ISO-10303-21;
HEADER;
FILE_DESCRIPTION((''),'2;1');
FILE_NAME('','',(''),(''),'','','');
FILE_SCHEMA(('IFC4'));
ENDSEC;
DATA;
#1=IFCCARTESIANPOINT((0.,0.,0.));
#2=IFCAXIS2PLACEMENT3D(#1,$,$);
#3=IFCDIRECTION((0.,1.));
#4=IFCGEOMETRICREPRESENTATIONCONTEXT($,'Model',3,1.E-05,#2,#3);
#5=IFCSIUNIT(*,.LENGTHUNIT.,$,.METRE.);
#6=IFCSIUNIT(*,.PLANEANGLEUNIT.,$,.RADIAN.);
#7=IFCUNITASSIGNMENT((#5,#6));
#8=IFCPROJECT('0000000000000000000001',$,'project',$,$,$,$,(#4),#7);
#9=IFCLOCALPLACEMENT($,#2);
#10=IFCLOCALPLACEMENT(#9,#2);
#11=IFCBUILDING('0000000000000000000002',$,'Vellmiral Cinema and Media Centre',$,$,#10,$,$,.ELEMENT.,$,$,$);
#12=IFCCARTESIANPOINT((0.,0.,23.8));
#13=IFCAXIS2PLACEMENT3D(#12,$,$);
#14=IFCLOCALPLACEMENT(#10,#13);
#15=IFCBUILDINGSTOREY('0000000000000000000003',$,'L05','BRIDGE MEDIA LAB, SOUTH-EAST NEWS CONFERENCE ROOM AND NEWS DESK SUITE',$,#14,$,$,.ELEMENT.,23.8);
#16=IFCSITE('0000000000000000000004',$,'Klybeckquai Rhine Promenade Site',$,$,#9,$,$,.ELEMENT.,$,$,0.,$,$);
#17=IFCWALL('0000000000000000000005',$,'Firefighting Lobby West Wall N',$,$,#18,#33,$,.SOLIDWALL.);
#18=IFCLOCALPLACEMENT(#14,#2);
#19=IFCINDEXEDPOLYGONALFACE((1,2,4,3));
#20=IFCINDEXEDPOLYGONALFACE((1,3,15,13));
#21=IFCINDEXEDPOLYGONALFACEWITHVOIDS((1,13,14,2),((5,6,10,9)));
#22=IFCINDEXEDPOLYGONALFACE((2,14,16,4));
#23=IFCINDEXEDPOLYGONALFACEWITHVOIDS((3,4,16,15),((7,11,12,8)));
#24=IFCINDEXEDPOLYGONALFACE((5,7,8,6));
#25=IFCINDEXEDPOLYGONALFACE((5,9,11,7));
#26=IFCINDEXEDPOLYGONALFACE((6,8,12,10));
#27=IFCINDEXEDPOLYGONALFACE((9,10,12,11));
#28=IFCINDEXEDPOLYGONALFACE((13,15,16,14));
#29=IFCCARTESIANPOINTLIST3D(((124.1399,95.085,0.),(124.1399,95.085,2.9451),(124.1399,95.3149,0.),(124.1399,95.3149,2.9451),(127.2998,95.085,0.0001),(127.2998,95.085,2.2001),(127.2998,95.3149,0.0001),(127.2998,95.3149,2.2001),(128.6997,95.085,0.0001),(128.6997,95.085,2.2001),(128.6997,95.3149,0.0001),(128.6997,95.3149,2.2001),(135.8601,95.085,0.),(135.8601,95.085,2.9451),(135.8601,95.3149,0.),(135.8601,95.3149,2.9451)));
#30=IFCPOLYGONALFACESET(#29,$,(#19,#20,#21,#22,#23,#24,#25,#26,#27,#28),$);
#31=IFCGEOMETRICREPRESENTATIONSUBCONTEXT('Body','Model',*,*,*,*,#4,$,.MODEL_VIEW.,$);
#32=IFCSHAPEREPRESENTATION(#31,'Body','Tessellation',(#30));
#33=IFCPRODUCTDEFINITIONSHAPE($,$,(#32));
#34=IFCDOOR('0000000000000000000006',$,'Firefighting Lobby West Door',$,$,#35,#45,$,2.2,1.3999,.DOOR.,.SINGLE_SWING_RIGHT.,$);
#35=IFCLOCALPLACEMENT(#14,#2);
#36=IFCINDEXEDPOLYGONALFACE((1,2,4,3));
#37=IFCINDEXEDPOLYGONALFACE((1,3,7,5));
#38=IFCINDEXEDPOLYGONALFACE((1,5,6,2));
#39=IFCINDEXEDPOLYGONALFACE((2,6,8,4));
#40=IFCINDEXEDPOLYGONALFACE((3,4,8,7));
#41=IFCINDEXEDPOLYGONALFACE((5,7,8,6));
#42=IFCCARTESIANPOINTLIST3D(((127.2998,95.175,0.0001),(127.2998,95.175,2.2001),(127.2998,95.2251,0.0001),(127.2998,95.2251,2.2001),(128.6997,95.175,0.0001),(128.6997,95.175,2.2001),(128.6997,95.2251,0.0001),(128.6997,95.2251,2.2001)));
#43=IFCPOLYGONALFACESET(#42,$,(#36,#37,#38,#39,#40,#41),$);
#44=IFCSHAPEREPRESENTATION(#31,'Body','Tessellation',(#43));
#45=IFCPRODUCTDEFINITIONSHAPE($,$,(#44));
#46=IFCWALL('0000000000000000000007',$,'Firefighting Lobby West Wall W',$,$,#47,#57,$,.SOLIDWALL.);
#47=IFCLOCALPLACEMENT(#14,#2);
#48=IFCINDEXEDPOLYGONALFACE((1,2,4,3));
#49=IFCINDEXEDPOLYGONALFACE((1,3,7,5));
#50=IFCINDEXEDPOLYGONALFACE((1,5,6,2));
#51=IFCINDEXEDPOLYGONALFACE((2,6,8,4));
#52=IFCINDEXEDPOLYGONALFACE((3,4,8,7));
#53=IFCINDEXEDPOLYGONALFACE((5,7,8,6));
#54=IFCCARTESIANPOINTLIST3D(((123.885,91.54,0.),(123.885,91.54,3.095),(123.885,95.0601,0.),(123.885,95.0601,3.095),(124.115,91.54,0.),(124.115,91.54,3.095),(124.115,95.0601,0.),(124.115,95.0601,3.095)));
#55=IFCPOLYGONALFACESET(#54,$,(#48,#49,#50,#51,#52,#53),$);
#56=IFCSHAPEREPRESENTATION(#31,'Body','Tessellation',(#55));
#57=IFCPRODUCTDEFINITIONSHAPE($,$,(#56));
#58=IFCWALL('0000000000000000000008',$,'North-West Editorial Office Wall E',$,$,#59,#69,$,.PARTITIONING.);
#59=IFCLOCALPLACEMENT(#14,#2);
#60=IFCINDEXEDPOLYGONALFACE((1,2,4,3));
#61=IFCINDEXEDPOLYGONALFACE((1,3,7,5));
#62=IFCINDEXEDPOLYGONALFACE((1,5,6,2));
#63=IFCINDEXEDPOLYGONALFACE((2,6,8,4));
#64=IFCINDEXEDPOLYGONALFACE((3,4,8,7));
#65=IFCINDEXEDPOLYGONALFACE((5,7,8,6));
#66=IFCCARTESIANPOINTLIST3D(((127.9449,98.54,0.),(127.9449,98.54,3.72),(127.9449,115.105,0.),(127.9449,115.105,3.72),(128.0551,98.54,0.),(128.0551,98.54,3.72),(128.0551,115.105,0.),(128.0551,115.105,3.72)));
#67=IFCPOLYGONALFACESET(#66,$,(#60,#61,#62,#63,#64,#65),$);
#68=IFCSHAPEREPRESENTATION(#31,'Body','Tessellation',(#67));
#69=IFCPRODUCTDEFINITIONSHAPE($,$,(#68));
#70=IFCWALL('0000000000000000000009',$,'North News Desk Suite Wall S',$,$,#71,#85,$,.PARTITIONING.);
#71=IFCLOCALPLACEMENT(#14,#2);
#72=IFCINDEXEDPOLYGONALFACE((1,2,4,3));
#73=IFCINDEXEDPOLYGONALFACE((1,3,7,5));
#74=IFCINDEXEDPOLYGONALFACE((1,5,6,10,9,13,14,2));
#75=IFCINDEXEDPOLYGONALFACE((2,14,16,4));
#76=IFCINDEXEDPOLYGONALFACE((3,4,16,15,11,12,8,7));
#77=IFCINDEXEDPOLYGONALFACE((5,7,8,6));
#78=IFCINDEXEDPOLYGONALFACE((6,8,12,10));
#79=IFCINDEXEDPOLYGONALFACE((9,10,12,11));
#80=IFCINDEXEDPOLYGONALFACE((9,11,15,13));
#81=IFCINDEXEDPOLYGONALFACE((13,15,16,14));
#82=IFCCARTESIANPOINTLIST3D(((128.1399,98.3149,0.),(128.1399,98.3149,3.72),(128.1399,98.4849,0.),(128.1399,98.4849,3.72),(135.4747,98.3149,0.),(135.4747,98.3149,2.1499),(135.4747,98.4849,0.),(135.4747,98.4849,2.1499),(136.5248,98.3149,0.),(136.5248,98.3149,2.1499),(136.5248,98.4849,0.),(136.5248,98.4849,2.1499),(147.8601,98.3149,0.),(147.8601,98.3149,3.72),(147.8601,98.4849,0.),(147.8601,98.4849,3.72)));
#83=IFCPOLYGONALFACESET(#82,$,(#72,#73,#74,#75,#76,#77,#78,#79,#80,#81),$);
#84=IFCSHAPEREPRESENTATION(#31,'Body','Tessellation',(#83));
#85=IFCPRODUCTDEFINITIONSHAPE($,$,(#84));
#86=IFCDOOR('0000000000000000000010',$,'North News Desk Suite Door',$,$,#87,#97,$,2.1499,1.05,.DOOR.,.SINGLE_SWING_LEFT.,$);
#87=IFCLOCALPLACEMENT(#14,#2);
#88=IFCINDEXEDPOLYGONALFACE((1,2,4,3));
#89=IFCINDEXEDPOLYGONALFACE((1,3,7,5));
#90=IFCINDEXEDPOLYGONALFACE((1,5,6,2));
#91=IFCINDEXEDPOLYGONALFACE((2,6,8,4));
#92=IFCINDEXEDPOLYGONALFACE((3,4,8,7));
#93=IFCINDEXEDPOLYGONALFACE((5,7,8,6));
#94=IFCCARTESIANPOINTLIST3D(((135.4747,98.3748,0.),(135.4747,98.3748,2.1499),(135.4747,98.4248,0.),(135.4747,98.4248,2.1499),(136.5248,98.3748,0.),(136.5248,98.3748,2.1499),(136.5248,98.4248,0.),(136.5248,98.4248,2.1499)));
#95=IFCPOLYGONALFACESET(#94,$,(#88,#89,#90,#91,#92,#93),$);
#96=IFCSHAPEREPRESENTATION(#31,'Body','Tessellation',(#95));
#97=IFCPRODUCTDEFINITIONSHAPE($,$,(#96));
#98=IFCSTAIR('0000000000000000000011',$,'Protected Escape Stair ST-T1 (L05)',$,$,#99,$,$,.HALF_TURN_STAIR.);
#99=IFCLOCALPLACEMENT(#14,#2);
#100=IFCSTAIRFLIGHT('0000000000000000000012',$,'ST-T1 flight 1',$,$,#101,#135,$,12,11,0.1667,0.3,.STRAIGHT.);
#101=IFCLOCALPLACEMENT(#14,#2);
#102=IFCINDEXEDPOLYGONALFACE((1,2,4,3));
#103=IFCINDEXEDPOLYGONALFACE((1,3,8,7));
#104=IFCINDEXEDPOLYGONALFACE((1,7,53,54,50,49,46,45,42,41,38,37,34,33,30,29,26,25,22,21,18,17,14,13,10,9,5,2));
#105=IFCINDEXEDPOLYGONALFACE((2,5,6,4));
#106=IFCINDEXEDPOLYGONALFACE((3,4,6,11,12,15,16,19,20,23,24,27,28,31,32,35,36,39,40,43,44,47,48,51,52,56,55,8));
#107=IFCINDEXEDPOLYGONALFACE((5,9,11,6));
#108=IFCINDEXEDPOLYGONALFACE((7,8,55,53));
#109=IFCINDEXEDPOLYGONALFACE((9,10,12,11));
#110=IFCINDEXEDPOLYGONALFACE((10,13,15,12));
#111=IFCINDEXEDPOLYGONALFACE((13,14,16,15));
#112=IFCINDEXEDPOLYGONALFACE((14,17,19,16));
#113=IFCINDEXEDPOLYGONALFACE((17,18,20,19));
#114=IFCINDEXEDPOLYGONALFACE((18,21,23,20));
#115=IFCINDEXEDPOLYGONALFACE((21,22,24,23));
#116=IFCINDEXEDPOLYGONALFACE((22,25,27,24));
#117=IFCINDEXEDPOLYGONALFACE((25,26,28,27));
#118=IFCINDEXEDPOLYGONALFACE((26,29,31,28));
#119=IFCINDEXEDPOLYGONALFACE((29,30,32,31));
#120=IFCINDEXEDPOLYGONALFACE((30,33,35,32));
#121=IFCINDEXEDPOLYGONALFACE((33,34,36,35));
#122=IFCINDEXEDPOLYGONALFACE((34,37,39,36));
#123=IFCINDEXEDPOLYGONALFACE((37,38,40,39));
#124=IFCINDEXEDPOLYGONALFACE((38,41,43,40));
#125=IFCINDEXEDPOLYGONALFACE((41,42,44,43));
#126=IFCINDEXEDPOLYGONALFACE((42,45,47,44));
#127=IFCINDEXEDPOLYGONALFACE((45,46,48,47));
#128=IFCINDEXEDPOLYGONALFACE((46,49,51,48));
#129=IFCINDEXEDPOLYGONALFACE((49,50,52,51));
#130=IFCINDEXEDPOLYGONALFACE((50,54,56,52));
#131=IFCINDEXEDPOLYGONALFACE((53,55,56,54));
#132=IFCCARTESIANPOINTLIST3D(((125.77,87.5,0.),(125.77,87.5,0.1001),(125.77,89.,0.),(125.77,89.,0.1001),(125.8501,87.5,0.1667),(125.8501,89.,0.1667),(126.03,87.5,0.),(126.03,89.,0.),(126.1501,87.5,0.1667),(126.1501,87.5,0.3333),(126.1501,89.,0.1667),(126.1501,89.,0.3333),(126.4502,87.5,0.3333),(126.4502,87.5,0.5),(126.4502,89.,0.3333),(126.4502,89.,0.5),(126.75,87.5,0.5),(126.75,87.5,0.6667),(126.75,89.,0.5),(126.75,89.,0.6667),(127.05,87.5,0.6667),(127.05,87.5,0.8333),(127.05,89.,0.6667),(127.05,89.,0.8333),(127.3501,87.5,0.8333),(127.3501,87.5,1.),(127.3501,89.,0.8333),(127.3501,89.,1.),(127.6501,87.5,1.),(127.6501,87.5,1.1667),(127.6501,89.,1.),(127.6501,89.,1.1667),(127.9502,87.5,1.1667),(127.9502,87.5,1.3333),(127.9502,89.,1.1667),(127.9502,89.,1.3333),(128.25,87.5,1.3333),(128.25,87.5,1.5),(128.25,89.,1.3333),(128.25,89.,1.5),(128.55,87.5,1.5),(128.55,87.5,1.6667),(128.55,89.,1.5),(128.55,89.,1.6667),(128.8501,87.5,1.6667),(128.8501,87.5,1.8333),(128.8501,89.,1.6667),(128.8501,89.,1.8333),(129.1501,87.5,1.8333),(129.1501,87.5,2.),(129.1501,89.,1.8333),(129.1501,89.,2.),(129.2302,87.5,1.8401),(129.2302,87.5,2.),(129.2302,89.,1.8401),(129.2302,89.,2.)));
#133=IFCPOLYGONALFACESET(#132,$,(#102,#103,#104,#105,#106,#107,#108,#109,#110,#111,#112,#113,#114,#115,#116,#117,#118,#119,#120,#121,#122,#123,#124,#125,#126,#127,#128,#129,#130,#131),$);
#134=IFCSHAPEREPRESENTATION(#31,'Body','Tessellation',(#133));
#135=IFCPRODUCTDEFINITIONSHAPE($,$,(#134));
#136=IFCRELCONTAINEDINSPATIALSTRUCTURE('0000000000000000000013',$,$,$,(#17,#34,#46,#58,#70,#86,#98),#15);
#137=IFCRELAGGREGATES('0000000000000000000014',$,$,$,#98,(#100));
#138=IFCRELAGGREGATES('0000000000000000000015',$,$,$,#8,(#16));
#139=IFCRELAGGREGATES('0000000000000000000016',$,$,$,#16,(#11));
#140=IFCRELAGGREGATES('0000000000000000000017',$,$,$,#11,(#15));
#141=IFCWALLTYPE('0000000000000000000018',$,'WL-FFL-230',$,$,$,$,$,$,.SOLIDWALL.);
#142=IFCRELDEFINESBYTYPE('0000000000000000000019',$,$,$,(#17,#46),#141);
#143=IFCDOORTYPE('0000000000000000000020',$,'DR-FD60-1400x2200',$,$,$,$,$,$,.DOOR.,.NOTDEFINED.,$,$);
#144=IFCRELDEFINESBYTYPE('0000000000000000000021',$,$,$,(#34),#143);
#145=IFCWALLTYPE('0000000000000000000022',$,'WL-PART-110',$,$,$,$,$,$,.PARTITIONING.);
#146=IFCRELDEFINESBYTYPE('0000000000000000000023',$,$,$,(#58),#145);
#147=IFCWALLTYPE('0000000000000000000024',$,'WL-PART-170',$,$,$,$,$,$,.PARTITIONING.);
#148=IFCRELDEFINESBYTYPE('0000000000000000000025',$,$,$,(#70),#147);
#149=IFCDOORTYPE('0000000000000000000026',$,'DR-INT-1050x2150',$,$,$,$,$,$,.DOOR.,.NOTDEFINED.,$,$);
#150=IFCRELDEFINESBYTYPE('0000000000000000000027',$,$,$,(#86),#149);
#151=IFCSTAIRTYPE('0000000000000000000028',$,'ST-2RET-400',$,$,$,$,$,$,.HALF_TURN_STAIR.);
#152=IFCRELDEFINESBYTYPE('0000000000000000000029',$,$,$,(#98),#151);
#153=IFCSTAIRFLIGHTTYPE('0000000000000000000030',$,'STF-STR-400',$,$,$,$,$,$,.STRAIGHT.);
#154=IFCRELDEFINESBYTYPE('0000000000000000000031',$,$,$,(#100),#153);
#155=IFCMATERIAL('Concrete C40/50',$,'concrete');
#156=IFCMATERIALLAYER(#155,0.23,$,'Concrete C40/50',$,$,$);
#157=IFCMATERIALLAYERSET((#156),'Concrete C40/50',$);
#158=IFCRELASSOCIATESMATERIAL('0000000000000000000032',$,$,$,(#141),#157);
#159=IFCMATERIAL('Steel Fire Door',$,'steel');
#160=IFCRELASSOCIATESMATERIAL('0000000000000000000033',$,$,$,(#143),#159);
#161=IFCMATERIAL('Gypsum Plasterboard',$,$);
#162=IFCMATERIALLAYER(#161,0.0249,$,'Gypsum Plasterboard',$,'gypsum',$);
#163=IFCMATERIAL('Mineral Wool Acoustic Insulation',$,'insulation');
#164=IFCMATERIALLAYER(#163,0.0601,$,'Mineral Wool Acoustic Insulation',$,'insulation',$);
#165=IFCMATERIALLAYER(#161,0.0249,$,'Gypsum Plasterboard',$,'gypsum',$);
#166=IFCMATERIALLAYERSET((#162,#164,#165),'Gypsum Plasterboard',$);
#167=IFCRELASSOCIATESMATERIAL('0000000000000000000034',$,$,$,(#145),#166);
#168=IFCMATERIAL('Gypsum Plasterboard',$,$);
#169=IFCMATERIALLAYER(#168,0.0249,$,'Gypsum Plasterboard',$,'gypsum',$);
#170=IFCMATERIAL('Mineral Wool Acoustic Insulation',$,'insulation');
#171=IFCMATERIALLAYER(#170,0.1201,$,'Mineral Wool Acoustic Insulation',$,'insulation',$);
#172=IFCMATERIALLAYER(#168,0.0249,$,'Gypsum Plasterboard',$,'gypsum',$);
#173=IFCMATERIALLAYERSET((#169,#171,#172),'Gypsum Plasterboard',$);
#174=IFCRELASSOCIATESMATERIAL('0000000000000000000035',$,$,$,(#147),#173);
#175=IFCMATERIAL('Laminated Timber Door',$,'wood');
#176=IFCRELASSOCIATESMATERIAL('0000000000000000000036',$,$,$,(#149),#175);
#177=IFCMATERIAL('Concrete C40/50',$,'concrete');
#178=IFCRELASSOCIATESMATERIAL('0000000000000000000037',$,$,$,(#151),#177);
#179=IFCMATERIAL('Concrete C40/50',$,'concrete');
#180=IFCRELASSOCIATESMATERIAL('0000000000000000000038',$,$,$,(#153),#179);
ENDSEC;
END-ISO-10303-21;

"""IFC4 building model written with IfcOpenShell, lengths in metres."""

from ifc_helpers import new_model, si_unit, direction, frame, frame_2d, origin, place, context, subcontext, project, spatial, polyline, rectangle, outline, extrude, material, layer, layer_set, type_object, element, fill, aggregate, save


model = new_model("IFC4")

# Units and contexts
model_context = context("Model", 3, precision=1e-05, world=origin(), true_north=direction((0.0, 1.0)))
body_context = subcontext(model_context, "Body", "Model", "MODEL_VIEW")
ifc_project = project(units=[si_unit("LENGTHUNIT", "METRE"), si_unit("PLANEANGLEUNIT", "RADIAN")], contexts=[model_context])

# Site, building, storey
site_placement = place(None, origin())
site = spatial("IfcSite", under=ifc_project, at=site_placement, Name="Klybeckquai Rhine Promenade Site", CompositionType="ELEMENT", RefElevation=0.0)
building_placement = place(site_placement, origin())
building = spatial("IfcBuilding", under=site, at=building_placement, Name="Vellmiral Cinema and Media Centre", CompositionType="ELEMENT")
storey_placement = place(building_placement, frame((0.0, 0.0, 23.8)))
storey = spatial("IfcBuildingStorey", under=building, at=storey_placement, Name="L05", Description="BRIDGE MEDIA LAB, SOUTH-EAST NEWS CONFERENCE ROOM AND NEWS DESK SUITE", CompositionType="ELEMENT", Elevation=23.8)

# Wall, opening, door
ifc_material_1 = material(Name="Concrete C40/50", Category="concrete")
ifc_layer_1 = layer(ifc_material_1, 0.23, Name="Concrete C40/50")
ifc_layer_set_1 = layer_set([ifc_layer_1], Name="Concrete C40/50")
wall_type_1 = type_object("IfcWallType", Name="WL-FFL-230", PredefinedType="SOLIDWALL", material=ifc_layer_set_1)
wall_1_placement = place(storey_placement, frame((124.1399, 95.2, 0.0), z_axis=(0.0, 0.0, 1.0), x_axis=(1.0, 0.0, 0.0)))
wall_1 = element("IfcWall", 1, at=wall_1_placement, inside=storey, type_object=wall_type_1, Name="Firefighting Lobby West Wall N", PredefinedType="SOLIDWALL", context=body_context, shape_type="SweptSolid", body=[
    extrude(rectangle(XDim=11.7202, YDim=0.23, at=frame_2d((5.8601, 0.0))), origin(), (0.0, 0.0, 1.0), 2.9451),
])
opening_1_placement = place(wall_1_placement, frame((3.1599, 0.0, 0.0)))
opening_1 = element("IfcOpeningElement", 2, at=opening_1_placement, cuts=wall_1, PredefinedType="OPENING", context=body_context, shape_type="SweptSolid", body=[
    extrude(rectangle(XDim=1.3999, YDim=2.2, at=frame_2d((0.7, 1.1001))), frame((0.0, 0.127, 0.0), z_axis=(0.0, -1.0, 0.0), x_axis=(1.0, 0.0, 0.0)), (0.0, 0.0, 1.0), 0.2539),
])
ifc_material_2 = material(Name="Steel Fire Door", Category="steel")
door_type_1 = type_object("IfcDoorType", Name="DR-FD60-1400x2200", OperationType="NOTDEFINED", PredefinedType="DOOR", material=ifc_material_2)
door_1_placement = place(opening_1_placement, frame((1.3999, 0.0, 0.0), z_axis=(0.0, 0.0, 1.0), x_axis=(-1.0, 0.0, 0.0)))
door_1 = element("IfcDoor", 3, at=door_1_placement, inside=storey, type_object=door_type_1, Name="Firefighting Lobby West Door", OperationType="SINGLE_SWING_RIGHT", OverallHeight=2.2, OverallWidth=1.3999, PredefinedType="DOOR", context=body_context, shape_type="SweptSolid", body=[
    extrude(rectangle(XDim=1.3999, YDim=2.2, at=frame_2d((0.7, 1.1001))), frame((0.0, 0.0249, 0.0), z_axis=(0.0, -1.0, 0.0), x_axis=(1.0, 0.0, 0.0)), (0.0, 0.0, 1.0), 0.05),
])
fill(opening_1, door_1)

# Walls
wall_2_placement = place(storey_placement, frame((124.0, 91.54, 0.0), z_axis=(0.0, 0.0, 1.0), x_axis=(0.0, 1.0, 0.0)))
element("IfcWall", 4, at=wall_2_placement, inside=storey, type_object=wall_type_1, Name="Firefighting Lobby West Wall W", PredefinedType="SOLIDWALL", context=body_context, shape_type="SweptSolid", body=[
    extrude(rectangle(XDim=3.52, YDim=0.23, at=frame_2d((1.76, 0.0))), origin(), (0.0, 0.0, 1.0), 3.095),
])
ifc_material_3 = material(Name="Gypsum Plasterboard")
ifc_layer_2 = layer(ifc_material_3, 0.0249, Name="Gypsum Plasterboard", Category="gypsum")
ifc_material_4 = material(Name="Mineral Wool Acoustic Insulation", Category="insulation")
ifc_layer_3 = layer(ifc_material_4, 0.0601, Name="Mineral Wool Acoustic Insulation", Category="insulation")
ifc_layer_4 = layer(ifc_material_3, 0.0249, Name="Gypsum Plasterboard", Category="gypsum")
ifc_layer_set_2 = layer_set([ifc_layer_2, ifc_layer_3, ifc_layer_4], Name="Gypsum Plasterboard")
wall_type_2 = type_object("IfcWallType", Name="WL-PART-110", PredefinedType="PARTITIONING", material=ifc_layer_set_2)
wall_3_placement = place(storey_placement, frame((128.0, 98.54, 0.0), z_axis=(0.0, 0.0, 1.0), x_axis=(0.0, 1.0, 0.0)))
element("IfcWall", 5, at=wall_3_placement, inside=storey, type_object=wall_type_2, Name="North-West Editorial Office Wall E", PredefinedType="PARTITIONING", context=body_context, shape_type="SweptSolid", body=[
    extrude(rectangle(XDim=16.5649, YDim=0.1101, at=frame_2d((8.2825, 0.0))), origin(), (0.0, 0.0, 1.0), 3.72),
])

# Wall, opening, door
ifc_material_5 = material(Name="Gypsum Plasterboard")
ifc_layer_5 = layer(ifc_material_5, 0.0249, Name="Gypsum Plasterboard", Category="gypsum")
ifc_material_6 = material(Name="Mineral Wool Acoustic Insulation", Category="insulation")
ifc_layer_6 = layer(ifc_material_6, 0.1201, Name="Mineral Wool Acoustic Insulation", Category="insulation")
ifc_layer_7 = layer(ifc_material_5, 0.0249, Name="Gypsum Plasterboard", Category="gypsum")
ifc_layer_set_3 = layer_set([ifc_layer_5, ifc_layer_6, ifc_layer_7], Name="Gypsum Plasterboard")
wall_type_3 = type_object("IfcWallType", Name="WL-PART-170", PredefinedType="PARTITIONING", material=ifc_layer_set_3)
wall_4_placement = place(storey_placement, frame((128.1399, 98.3999, 0.0), z_axis=(0.0, 0.0, 1.0), x_axis=(1.0, 0.0, 0.0)))
wall_4 = element("IfcWall", 6, at=wall_4_placement, inside=storey, type_object=wall_type_3, Name="North News Desk Suite Wall S", PredefinedType="PARTITIONING", context=body_context, shape_type="SweptSolid", body=[
    extrude(rectangle(XDim=19.7202, YDim=0.1699, at=frame_2d((9.8601, 0.0))), origin(), (0.0, 0.0, 1.0), 3.72),
])
opening_2_placement = place(wall_4_placement, frame((7.335, 0.0, 0.0)))
opening_2 = element("IfcOpeningElement", 7, at=opening_2_placement, cuts=wall_4, PredefinedType="OPENING", context=body_context, shape_type="SweptSolid", body=[
    extrude(rectangle(XDim=1.05, YDim=2.1499, at=frame_2d((0.5249, 1.075))), frame((0.0, 0.0969, 0.0), z_axis=(0.0, -1.0, 0.0), x_axis=(1.0, 0.0, 0.0)), (0.0, 0.0, 1.0), 0.1938),
])
ifc_material_7 = material(Name="Laminated Timber Door", Category="wood")
door_type_2 = type_object("IfcDoorType", Name="DR-INT-1050x2150", OperationType="NOTDEFINED", PredefinedType="DOOR", material=ifc_material_7)
door_2_placement = place(opening_2_placement, origin())
door_2 = element("IfcDoor", 8, at=door_2_placement, inside=storey, type_object=door_type_2, Name="North News Desk Suite Door", OperationType="SINGLE_SWING_LEFT", OverallHeight=2.1499, OverallWidth=1.05, PredefinedType="DOOR", context=body_context, shape_type="SweptSolid", body=[
    extrude(rectangle(XDim=1.05, YDim=2.1499, at=frame_2d((0.5249, 1.075))), frame((0.0, 0.0249, 0.0), z_axis=(0.0, -1.0, 0.0), x_axis=(1.0, 0.0, 0.0)), (0.0, 0.0, 1.0), 0.05),
])
fill(opening_2, door_2)

# Stair, stair flight
ifc_material_8 = material(Name="Concrete C40/50", Category="concrete")
stair_type = type_object("IfcStairType", Name="ST-2RET-400", PredefinedType="HALF_TURN_STAIR", material=ifc_material_8)
stair_placement = place(storey_placement, origin())
stair = element("IfcStair", 9, at=stair_placement, inside=storey, type_object=stair_type, Name="Protected Escape Stair ST-T1 (L05)", PredefinedType="HALF_TURN_STAIR")
ifc_material_9 = material(Name="Concrete C40/50", Category="concrete")
stair_flight_type = type_object("IfcStairFlightType", Name="STF-STR-400", PredefinedType="STRAIGHT", material=ifc_material_9)
stair_flight_1_placement = place(storey_placement, frame((125.8501, 88.25, 0.0), z_axis=(0.0, 0.0, 1.0), x_axis=(1.0, 0.0, 0.0)))
stair_flight_1 = element("IfcStairFlight", 10, at=stair_flight_1_placement, type_object=stair_flight_type, Name="ST-T1 flight 1", NumberOfRisers=12, NumberOfTreads=11, PredefinedType="STRAIGHT", RiserHeight=0.1667, TreadLength=0.3, context=body_context, shape_type="SweptSolid", body=[
    extrude(outline(polyline([(-0.0801, 0.0), (-0.0801, 0.1001), (0.0, 0.1667), (0.3, 0.1667), (0.3, 0.3333), (0.6001, 0.3333), (0.6001, 0.5), (0.8999, 0.5), (0.8999, 0.6667), (1.2, 0.6667), (1.2, 0.8333), (1.5, 0.8333), (1.5, 1.0), (1.8, 1.0), (1.8, 1.1667), (2.1001, 1.1667), (2.1001, 1.3333), (2.3999, 1.3333), (2.3999, 1.5), (2.7, 1.5), (2.7, 1.6667), (3.0, 1.6667), (3.0, 1.8333), (3.3, 1.8333), (3.3, 2.0), (3.3801, 2.0), (3.3801, 1.8401), (0.1799, 0.0), (-0.0801, 0.0)])), frame((0.0, 0.75, 0.0), z_axis=(0.0, -1.0, 0.0), x_axis=(1.0, 0.0, 0.0)), (0.0, 0.0, 1.0), 1.5),
])
aggregate(stair, [stair_flight_1])

save(model, "model.ifc")
